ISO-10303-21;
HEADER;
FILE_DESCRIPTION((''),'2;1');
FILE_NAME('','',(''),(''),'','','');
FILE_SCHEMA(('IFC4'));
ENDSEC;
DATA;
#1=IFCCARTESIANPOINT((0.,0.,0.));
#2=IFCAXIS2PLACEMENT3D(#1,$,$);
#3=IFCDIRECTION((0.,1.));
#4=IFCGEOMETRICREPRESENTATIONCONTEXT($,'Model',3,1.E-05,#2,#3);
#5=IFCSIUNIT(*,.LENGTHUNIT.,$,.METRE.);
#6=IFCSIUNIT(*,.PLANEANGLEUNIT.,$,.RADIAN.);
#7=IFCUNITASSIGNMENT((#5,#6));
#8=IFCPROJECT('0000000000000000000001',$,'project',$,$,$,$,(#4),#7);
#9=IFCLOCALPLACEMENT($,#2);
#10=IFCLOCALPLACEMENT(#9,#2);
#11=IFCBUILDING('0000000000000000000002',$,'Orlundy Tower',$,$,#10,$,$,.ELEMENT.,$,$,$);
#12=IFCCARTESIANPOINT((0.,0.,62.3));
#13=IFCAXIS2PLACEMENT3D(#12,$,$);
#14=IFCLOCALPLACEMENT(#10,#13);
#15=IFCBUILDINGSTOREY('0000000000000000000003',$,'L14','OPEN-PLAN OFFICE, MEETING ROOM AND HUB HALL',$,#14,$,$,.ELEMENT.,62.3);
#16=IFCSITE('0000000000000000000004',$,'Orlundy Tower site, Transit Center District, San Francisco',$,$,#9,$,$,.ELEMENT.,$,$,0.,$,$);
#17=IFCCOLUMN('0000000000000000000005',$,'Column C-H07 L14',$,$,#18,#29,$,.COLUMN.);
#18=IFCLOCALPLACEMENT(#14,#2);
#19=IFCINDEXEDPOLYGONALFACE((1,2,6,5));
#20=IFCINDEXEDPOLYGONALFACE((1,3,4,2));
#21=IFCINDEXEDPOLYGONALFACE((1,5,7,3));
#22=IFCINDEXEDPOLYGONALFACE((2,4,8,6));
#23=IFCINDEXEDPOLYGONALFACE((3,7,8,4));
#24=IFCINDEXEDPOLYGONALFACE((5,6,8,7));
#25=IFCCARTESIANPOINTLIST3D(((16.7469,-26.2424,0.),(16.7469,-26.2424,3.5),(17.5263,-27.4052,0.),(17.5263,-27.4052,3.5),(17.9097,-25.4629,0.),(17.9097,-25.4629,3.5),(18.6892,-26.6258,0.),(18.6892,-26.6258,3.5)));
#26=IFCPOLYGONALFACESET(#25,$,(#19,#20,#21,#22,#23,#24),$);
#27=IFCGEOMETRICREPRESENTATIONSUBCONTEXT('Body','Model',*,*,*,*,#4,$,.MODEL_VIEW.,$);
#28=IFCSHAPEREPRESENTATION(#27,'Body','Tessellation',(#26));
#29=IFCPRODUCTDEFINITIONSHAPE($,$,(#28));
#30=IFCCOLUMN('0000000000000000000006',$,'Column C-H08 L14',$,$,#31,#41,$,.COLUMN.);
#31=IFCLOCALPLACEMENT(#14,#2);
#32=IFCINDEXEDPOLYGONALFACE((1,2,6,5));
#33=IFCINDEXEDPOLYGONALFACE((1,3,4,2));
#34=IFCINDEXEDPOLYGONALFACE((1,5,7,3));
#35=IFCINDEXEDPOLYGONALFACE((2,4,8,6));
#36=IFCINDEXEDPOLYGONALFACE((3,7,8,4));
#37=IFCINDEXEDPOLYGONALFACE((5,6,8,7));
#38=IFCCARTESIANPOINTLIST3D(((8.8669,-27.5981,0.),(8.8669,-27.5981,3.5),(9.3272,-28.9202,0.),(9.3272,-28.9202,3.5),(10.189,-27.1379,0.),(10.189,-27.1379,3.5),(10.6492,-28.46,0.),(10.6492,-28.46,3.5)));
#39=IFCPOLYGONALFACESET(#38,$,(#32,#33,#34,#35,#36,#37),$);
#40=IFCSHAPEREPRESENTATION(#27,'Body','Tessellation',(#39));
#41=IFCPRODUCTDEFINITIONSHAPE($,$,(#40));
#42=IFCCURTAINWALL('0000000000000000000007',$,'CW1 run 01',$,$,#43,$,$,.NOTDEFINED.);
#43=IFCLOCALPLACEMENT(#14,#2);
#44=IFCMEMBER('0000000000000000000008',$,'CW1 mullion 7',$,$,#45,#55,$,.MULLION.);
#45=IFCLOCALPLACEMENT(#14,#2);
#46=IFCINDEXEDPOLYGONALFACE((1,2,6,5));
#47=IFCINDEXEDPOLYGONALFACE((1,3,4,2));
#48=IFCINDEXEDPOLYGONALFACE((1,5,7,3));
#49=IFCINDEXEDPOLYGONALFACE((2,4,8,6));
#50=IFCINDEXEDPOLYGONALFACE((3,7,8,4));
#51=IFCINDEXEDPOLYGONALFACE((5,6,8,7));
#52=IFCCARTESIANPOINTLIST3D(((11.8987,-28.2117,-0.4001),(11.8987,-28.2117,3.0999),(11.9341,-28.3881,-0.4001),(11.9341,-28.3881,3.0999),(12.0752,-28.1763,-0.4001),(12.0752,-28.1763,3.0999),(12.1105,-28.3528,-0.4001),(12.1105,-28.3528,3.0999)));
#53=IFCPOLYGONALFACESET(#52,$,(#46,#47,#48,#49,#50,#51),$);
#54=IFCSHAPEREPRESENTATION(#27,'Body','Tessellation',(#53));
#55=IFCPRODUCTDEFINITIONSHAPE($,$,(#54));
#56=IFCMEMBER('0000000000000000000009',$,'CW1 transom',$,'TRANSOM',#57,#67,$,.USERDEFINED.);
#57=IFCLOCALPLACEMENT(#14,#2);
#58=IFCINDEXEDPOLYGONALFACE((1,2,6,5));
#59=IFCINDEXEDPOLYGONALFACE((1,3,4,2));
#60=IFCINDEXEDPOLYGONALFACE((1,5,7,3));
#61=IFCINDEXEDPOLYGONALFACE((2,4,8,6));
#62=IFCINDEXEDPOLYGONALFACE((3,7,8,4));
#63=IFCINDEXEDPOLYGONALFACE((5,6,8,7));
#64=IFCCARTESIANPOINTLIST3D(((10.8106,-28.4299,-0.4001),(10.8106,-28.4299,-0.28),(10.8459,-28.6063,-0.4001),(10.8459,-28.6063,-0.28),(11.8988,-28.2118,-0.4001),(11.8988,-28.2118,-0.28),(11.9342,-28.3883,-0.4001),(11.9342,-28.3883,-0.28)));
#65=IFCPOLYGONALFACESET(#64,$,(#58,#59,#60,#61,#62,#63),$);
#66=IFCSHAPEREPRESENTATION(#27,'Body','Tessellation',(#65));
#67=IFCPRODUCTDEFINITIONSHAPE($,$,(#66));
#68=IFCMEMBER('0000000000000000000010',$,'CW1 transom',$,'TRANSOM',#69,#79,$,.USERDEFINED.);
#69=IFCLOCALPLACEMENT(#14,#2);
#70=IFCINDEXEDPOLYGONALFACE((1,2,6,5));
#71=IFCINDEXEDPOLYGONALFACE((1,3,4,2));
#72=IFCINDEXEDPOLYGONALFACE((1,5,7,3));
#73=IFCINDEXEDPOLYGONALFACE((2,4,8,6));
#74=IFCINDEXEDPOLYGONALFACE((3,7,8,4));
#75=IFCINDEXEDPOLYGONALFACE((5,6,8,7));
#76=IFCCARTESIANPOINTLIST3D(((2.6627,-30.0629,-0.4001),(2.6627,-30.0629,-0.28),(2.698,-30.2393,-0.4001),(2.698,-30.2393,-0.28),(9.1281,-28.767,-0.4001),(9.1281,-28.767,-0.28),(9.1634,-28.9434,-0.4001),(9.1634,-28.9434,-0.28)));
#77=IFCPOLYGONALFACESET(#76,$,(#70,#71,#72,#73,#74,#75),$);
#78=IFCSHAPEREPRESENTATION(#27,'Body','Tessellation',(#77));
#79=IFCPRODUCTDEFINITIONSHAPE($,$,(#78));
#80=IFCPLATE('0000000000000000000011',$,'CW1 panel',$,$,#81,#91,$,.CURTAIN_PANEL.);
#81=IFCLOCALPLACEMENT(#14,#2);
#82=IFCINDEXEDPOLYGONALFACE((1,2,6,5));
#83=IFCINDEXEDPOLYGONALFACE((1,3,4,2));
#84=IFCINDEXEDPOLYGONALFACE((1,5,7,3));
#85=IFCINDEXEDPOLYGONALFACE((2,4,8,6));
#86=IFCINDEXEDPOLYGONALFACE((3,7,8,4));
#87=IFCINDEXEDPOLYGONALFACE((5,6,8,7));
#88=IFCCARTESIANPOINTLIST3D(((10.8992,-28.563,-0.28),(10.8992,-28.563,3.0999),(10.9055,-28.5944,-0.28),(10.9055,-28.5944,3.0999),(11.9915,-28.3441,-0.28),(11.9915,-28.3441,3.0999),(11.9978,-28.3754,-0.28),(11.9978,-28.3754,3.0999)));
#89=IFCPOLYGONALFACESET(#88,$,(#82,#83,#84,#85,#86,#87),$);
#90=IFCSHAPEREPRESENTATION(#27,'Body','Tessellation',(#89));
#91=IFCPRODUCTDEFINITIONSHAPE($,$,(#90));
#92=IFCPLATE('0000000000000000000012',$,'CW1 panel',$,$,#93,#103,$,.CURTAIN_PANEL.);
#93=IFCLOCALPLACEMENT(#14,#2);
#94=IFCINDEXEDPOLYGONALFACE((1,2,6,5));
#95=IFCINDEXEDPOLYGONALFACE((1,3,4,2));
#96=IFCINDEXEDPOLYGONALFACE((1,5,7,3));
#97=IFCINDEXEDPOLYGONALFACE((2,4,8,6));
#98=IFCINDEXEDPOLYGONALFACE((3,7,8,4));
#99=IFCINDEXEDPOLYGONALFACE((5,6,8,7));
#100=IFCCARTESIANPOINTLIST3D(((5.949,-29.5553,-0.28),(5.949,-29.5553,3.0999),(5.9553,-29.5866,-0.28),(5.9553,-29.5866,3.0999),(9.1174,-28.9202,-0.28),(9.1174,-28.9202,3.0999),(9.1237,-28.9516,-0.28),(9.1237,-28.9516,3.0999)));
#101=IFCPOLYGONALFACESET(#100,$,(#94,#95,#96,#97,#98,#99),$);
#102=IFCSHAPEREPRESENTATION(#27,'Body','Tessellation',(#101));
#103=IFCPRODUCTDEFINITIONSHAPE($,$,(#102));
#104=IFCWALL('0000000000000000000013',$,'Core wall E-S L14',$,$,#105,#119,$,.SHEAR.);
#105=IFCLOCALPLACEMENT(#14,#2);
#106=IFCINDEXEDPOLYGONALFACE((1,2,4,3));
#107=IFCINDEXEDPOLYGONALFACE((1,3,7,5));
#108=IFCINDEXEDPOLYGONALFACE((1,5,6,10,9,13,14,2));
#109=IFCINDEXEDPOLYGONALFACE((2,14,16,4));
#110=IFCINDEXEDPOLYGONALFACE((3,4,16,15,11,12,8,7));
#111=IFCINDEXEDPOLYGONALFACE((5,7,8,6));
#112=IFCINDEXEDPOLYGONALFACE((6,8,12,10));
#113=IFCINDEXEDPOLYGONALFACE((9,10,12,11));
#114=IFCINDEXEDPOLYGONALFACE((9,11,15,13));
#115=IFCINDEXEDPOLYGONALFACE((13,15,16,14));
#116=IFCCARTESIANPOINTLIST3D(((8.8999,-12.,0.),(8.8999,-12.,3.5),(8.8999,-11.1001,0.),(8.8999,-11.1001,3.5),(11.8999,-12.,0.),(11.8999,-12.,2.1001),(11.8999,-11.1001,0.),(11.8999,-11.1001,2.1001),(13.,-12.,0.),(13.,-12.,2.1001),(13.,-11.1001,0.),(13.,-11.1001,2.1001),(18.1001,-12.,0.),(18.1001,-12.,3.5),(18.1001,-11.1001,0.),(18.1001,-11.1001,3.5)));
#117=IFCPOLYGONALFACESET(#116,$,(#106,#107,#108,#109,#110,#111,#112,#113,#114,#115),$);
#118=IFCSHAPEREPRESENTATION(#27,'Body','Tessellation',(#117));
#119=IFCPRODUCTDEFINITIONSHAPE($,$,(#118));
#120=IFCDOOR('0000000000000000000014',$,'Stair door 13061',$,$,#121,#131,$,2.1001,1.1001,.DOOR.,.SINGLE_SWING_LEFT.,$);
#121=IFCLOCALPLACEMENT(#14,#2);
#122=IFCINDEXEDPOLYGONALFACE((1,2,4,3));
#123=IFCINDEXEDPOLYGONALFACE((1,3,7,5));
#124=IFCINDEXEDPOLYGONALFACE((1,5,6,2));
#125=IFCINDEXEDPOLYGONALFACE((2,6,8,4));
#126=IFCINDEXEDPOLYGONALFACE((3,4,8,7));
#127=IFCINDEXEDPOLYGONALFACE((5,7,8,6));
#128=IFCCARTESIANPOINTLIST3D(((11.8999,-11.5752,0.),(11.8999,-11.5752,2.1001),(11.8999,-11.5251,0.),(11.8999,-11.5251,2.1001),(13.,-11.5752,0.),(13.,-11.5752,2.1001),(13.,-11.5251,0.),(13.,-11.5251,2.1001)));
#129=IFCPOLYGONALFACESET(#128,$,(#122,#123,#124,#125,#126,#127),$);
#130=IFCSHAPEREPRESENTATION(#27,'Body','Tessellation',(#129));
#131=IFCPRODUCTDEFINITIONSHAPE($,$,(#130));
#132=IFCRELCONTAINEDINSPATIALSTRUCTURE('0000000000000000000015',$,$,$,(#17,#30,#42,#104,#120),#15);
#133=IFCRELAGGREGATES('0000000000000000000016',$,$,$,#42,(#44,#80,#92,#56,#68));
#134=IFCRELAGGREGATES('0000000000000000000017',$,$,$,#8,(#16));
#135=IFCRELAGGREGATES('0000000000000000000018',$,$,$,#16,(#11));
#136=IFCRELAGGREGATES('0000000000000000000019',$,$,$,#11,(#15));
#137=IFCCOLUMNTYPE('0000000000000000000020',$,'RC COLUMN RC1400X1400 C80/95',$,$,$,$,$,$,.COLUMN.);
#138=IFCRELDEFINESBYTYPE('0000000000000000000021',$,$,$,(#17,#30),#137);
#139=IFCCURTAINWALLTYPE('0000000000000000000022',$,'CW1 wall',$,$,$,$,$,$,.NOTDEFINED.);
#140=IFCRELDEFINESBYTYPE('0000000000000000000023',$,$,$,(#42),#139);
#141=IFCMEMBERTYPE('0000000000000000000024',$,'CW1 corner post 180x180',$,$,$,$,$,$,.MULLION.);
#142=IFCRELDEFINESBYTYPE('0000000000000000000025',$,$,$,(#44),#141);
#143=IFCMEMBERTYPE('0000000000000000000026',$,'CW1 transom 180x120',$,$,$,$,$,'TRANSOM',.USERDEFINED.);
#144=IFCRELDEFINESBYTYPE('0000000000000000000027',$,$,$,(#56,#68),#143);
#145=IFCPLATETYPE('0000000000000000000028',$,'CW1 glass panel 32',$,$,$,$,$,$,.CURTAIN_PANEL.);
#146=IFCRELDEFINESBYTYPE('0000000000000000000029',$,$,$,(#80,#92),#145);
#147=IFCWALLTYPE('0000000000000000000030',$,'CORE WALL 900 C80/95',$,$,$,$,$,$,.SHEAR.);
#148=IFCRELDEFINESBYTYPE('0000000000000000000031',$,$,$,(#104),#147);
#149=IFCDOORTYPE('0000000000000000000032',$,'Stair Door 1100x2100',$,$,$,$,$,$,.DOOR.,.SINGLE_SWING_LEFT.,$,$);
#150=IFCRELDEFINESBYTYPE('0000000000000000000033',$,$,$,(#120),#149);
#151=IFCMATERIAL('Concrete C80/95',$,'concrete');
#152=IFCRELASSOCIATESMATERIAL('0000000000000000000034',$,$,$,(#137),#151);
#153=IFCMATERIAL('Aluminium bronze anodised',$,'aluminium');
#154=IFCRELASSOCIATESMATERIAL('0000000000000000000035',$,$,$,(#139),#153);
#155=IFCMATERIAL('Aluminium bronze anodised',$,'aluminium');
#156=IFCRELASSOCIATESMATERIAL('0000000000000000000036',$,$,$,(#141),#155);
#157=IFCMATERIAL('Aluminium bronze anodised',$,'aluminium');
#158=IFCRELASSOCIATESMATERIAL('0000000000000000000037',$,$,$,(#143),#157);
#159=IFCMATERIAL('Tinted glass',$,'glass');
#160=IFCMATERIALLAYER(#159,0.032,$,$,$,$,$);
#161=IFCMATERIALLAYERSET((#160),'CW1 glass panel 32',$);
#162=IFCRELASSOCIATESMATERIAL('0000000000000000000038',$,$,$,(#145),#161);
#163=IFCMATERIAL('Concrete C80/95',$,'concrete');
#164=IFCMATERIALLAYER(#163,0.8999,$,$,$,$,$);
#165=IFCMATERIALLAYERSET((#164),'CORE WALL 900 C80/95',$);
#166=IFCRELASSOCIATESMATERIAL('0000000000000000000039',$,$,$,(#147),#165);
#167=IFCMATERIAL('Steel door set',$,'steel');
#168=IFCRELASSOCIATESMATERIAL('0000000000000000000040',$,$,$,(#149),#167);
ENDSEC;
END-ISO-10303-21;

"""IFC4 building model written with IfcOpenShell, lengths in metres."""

from ifc_helpers import new_model, si_unit, direction, frame, frame_2d, origin, origin_2d, place, context, subcontext, project, spatial, rectangle, extrude, material, layer, layer_set, material_profile, profile_set, type_object, element, fill, aggregate, save


model = new_model("IFC4")

# Units and contexts
model_context = context("Model", 3, precision=1e-05, world=origin(), true_north=direction((0.0, 1.0)))
body_context = subcontext(model_context, "Body", "Model", "MODEL_VIEW")
ifc_project = project(units=[si_unit("LENGTHUNIT", "METRE"), si_unit("PLANEANGLEUNIT", "RADIAN")], contexts=[model_context])

# Site, building, storey
site_placement = place(None, origin())
site = spatial("IfcSite", under=ifc_project, at=site_placement, Name="Orlundy Tower site, Transit Center District, San Francisco", CompositionType="ELEMENT", RefElevation=0.0)
building_placement = place(site_placement, origin())
building = spatial("IfcBuilding", under=site, at=building_placement, Name="Orlundy Tower", CompositionType="ELEMENT")
storey_placement = place(building_placement, frame((0.0, 0.0, 62.3)))
storey = spatial("IfcBuildingStorey", under=building, at=storey_placement, Name="L14", Description="OPEN-PLAN OFFICE, MEETING ROOM AND HUB HALL", CompositionType="ELEMENT", Elevation=62.3)

# Columns
ifc_material_1 = material(Name="Concrete C80/95", Category="concrete")
ifc_material_profile_1 = material_profile(ifc_material_1, rectangle(XDim=1.3999, YDim=1.3999, at=origin_2d()), Name="RC1400X1400")
ifc_profile_set_1 = profile_set([ifc_material_profile_1], Name="Concrete C80/95")
column_type = type_object("IfcColumnType", Name="RC COLUMN RC1400X1400 C80/95", PredefinedType="COLUMN", material=ifc_profile_set_1)
for number, where, z_axis, x_axis, name in (
    (1, (17.718, -26.4341, 0.0), (0.0, 0.0, 1.0), (0.556774, -0.830664, 0.0), "Column C-H07 L14"),
    (2, (9.7581, -28.0291, 0.0), (0.0, 0.0, 1.0), (0.328784, -0.944405, 0.0), "Column C-H08 L14"),
):
    element("IfcColumn", number, at=place(storey_placement, frame(where, z_axis=z_axis, x_axis=x_axis)), inside=storey, type_object=column_type, Name=name, PredefinedType="COLUMN", context=body_context, shape_type="SweptSolid", body=[
        extrude(rectangle(XDim=1.3999, YDim=1.3999, at=origin_2d()), origin(), (0.0, 0.0, 1.0), 3.5),
    ])

# Curtain wall, members, plates
ifc_material_2 = material(Name="Aluminium bronze anodised", Category="aluminium")
curtain_wall_type = type_object("IfcCurtainWallType", Name="CW1 wall", PredefinedType="NOTDEFINED", material=ifc_material_2)
curtain_wall_placement = place(storey_placement, origin())
curtain_wall = element("IfcCurtainWall", 3, at=curtain_wall_placement, inside=storey, type_object=curtain_wall_type, Name="CW1 run 01", PredefinedType="NOTDEFINED")
ifc_material_3 = material(Name="Aluminium bronze anodised", Category="aluminium")
ifc_material_profile_2 = material_profile(ifc_material_3, rectangle(XDim=0.1799, YDim=0.1799, at=origin_2d()), Name="CW1 corner post 180x180")
ifc_profile_set_2 = profile_set([ifc_material_profile_2], Name="Aluminium bronze anodised")
member_type_1 = type_object("IfcMemberType", Name="CW1 corner post 180x180", PredefinedType="MULLION", material=ifc_profile_set_2)
member_1_placement = place(storey_placement, frame((12.0046, -28.2822, -0.4001), z_axis=(0.0, 0.0, 1.0), x_axis=(0.196532, -0.980497, 0.0)))
member_1 = element("IfcMember", 4, at=member_1_placement, type_object=member_type_1, Name="CW1 mullion 7", PredefinedType="MULLION", context=body_context, shape_type="SweptSolid", body=[
    extrude(rectangle(XDim=0.1799, YDim=0.1799, at=origin_2d()), origin(), (0.0, 0.0, 1.0), 3.5),
])
ifc_material_4 = material(Name="Aluminium bronze anodised", Category="aluminium")
ifc_material_profile_3 = material_profile(ifc_material_4, rectangle(XDim=0.1799, YDim=0.1201, at=origin_2d()), Name="CW1 transom 180x120")
ifc_profile_set_3 = profile_set([ifc_material_profile_3], Name="Aluminium bronze anodised")
member_type_2 = type_object("IfcMemberType", Name="CW1 transom 180x120", ElementType="TRANSOM", PredefinedType="USERDEFINED", material=ifc_profile_set_3)
member_2_placement = place(storey_placement, frame((11.9165, -28.3, -0.3401), z_axis=(-0.980513, -0.196455, 0.0), x_axis=(0.196455, -0.980513, 0.0)))
member_2 = element("IfcMember", 5, at=member_2_placement, type_object=member_type_2, Name="CW1 transom", ObjectType="TRANSOM", PredefinedType="USERDEFINED", context=body_context, shape_type="SweptSolid", body=[
    extrude(rectangle(XDim=0.1799, YDim=0.1201, at=origin_2d()), origin(), (0.0, 0.0, 1.0), 1.1099),
])
member_3_placement = place(storey_placement, frame((9.1458, -28.8552, -0.3401), z_axis=(-0.980498, -0.196529, 0.0), x_axis=(0.196529, -0.980498, 0.0)))
member_3 = element("IfcMember", 6, at=member_3_placement, type_object=member_type_2, Name="CW1 transom", ObjectType="TRANSOM", PredefinedType="USERDEFINED", context=body_context, shape_type="SweptSolid", body=[
    extrude(rectangle(XDim=0.1799, YDim=0.1201, at=origin_2d()), origin(), (0.0, 0.0, 1.0), 6.594),
])
ifc_material_5 = material(Name="Tinted glass", Category="glass")
ifc_layer_1 = layer(ifc_material_5, 0.032)
ifc_layer_set_1 = layer_set([ifc_layer_1], Name="CW1 glass panel 32")
plate_type = type_object("IfcPlateType", Name="CW1 glass panel 32", PredefinedType="CURTAIN_PANEL", material=ifc_layer_set_1)
plate_1_placement = place(storey_placement, frame((11.4485, -28.4692, -0.28), z_axis=(0.0, 0.0, 1.0), x_axis=(-0.980497, -0.196532, 0.0)))
plate_1 = element("IfcPlate", 7, at=plate_1_placement, type_object=plate_type, Name="CW1 panel", PredefinedType="CURTAIN_PANEL", context=body_context, shape_type="SweptSolid", body=[
    extrude(rectangle(XDim=1.114, YDim=0.032, at=origin_2d()), origin(), (0.0, 0.0, 1.0), 3.3799),
])
plate_2_placement = place(storey_placement, frame((7.5364, -29.2534, -0.28), z_axis=(0.0, 0.0, 1.0), x_axis=(-0.980497, -0.196532, 0.0)))
plate_2 = element("IfcPlate", 8, at=plate_2_placement, type_object=plate_type, Name="CW1 panel", PredefinedType="CURTAIN_PANEL", context=body_context, shape_type="SweptSolid", body=[
    extrude(rectangle(XDim=3.2314, YDim=0.032, at=origin_2d()), origin(), (0.0, 0.0, 1.0), 3.3799),
])
aggregate(curtain_wall, [member_1, plate_1, plate_2, member_2, member_3])

# Wall, opening, door
ifc_material_6 = material(Name="Concrete C80/95", Category="concrete")
ifc_layer_2 = layer(ifc_material_6, 0.8999)
ifc_layer_set_2 = layer_set([ifc_layer_2], Name="CORE WALL 900 C80/95")
wall_type_1 = type_object("IfcWallType", Name="CORE WALL 900 C80/95", PredefinedType="SHEAR", material=ifc_layer_set_2)
wall_1_placement = place(storey_placement, frame((8.8999, -11.55, 0.0), z_axis=(0.0, 0.0, 1.0), x_axis=(1.0, 0.0, 0.0)))
wall_1 = element("IfcWall", 9, at=wall_1_placement, inside=storey, type_object=wall_type_1, Name="Core wall E-S L14", PredefinedType="SHEAR", context=body_context, shape_type="SweptSolid", body=[
    extrude(rectangle(XDim=9.2002, YDim=0.8999, at=frame_2d((4.6001, 0.0))), origin(), (0.0, 0.0, 1.0), 3.5),
])
opening_1_placement = place(wall_1_placement, frame((3.0, 0.0, 0.0)))
opening_1 = element("IfcOpeningElement", 10, at=opening_1_placement, cuts=wall_1, PredefinedType="OPENING", context=body_context, shape_type="SweptSolid", body=[
    extrude(rectangle(XDim=1.1001, YDim=2.1001, at=frame_2d((0.55, 1.05))), frame((0.0, 0.46, 0.0), z_axis=(0.0, -1.0, 0.0), x_axis=(1.0, 0.0, 0.0)), (0.0, 0.0, 1.0), 0.9199),
])
ifc_material_7 = material(Name="Steel door set", Category="steel")
door_type_1 = type_object("IfcDoorType", Name="Stair Door 1100x2100", OperationType="SINGLE_SWING_LEFT", PredefinedType="DOOR", material=ifc_material_7)
door_1_placement = place(opening_1_placement, origin())
door_1 = element("IfcDoor", 11, at=door_1_placement, inside=storey, type_object=door_type_1, Name="Stair door 13061", OperationType="SINGLE_SWING_LEFT", OverallHeight=2.1001, OverallWidth=1.1001, PredefinedType="DOOR", context=body_context, shape_type="SweptSolid", body=[
    extrude(rectangle(XDim=1.1001, YDim=2.1001, at=frame_2d((0.55, 1.05))), frame((0.0, 0.0249, 0.0), z_axis=(0.0, -1.0, 0.0), x_axis=(1.0, 0.0, 0.0)), (0.0, 0.0, 1.0), 0.05),
])
fill(opening_1, door_1)

save(model, "model.ifc")
